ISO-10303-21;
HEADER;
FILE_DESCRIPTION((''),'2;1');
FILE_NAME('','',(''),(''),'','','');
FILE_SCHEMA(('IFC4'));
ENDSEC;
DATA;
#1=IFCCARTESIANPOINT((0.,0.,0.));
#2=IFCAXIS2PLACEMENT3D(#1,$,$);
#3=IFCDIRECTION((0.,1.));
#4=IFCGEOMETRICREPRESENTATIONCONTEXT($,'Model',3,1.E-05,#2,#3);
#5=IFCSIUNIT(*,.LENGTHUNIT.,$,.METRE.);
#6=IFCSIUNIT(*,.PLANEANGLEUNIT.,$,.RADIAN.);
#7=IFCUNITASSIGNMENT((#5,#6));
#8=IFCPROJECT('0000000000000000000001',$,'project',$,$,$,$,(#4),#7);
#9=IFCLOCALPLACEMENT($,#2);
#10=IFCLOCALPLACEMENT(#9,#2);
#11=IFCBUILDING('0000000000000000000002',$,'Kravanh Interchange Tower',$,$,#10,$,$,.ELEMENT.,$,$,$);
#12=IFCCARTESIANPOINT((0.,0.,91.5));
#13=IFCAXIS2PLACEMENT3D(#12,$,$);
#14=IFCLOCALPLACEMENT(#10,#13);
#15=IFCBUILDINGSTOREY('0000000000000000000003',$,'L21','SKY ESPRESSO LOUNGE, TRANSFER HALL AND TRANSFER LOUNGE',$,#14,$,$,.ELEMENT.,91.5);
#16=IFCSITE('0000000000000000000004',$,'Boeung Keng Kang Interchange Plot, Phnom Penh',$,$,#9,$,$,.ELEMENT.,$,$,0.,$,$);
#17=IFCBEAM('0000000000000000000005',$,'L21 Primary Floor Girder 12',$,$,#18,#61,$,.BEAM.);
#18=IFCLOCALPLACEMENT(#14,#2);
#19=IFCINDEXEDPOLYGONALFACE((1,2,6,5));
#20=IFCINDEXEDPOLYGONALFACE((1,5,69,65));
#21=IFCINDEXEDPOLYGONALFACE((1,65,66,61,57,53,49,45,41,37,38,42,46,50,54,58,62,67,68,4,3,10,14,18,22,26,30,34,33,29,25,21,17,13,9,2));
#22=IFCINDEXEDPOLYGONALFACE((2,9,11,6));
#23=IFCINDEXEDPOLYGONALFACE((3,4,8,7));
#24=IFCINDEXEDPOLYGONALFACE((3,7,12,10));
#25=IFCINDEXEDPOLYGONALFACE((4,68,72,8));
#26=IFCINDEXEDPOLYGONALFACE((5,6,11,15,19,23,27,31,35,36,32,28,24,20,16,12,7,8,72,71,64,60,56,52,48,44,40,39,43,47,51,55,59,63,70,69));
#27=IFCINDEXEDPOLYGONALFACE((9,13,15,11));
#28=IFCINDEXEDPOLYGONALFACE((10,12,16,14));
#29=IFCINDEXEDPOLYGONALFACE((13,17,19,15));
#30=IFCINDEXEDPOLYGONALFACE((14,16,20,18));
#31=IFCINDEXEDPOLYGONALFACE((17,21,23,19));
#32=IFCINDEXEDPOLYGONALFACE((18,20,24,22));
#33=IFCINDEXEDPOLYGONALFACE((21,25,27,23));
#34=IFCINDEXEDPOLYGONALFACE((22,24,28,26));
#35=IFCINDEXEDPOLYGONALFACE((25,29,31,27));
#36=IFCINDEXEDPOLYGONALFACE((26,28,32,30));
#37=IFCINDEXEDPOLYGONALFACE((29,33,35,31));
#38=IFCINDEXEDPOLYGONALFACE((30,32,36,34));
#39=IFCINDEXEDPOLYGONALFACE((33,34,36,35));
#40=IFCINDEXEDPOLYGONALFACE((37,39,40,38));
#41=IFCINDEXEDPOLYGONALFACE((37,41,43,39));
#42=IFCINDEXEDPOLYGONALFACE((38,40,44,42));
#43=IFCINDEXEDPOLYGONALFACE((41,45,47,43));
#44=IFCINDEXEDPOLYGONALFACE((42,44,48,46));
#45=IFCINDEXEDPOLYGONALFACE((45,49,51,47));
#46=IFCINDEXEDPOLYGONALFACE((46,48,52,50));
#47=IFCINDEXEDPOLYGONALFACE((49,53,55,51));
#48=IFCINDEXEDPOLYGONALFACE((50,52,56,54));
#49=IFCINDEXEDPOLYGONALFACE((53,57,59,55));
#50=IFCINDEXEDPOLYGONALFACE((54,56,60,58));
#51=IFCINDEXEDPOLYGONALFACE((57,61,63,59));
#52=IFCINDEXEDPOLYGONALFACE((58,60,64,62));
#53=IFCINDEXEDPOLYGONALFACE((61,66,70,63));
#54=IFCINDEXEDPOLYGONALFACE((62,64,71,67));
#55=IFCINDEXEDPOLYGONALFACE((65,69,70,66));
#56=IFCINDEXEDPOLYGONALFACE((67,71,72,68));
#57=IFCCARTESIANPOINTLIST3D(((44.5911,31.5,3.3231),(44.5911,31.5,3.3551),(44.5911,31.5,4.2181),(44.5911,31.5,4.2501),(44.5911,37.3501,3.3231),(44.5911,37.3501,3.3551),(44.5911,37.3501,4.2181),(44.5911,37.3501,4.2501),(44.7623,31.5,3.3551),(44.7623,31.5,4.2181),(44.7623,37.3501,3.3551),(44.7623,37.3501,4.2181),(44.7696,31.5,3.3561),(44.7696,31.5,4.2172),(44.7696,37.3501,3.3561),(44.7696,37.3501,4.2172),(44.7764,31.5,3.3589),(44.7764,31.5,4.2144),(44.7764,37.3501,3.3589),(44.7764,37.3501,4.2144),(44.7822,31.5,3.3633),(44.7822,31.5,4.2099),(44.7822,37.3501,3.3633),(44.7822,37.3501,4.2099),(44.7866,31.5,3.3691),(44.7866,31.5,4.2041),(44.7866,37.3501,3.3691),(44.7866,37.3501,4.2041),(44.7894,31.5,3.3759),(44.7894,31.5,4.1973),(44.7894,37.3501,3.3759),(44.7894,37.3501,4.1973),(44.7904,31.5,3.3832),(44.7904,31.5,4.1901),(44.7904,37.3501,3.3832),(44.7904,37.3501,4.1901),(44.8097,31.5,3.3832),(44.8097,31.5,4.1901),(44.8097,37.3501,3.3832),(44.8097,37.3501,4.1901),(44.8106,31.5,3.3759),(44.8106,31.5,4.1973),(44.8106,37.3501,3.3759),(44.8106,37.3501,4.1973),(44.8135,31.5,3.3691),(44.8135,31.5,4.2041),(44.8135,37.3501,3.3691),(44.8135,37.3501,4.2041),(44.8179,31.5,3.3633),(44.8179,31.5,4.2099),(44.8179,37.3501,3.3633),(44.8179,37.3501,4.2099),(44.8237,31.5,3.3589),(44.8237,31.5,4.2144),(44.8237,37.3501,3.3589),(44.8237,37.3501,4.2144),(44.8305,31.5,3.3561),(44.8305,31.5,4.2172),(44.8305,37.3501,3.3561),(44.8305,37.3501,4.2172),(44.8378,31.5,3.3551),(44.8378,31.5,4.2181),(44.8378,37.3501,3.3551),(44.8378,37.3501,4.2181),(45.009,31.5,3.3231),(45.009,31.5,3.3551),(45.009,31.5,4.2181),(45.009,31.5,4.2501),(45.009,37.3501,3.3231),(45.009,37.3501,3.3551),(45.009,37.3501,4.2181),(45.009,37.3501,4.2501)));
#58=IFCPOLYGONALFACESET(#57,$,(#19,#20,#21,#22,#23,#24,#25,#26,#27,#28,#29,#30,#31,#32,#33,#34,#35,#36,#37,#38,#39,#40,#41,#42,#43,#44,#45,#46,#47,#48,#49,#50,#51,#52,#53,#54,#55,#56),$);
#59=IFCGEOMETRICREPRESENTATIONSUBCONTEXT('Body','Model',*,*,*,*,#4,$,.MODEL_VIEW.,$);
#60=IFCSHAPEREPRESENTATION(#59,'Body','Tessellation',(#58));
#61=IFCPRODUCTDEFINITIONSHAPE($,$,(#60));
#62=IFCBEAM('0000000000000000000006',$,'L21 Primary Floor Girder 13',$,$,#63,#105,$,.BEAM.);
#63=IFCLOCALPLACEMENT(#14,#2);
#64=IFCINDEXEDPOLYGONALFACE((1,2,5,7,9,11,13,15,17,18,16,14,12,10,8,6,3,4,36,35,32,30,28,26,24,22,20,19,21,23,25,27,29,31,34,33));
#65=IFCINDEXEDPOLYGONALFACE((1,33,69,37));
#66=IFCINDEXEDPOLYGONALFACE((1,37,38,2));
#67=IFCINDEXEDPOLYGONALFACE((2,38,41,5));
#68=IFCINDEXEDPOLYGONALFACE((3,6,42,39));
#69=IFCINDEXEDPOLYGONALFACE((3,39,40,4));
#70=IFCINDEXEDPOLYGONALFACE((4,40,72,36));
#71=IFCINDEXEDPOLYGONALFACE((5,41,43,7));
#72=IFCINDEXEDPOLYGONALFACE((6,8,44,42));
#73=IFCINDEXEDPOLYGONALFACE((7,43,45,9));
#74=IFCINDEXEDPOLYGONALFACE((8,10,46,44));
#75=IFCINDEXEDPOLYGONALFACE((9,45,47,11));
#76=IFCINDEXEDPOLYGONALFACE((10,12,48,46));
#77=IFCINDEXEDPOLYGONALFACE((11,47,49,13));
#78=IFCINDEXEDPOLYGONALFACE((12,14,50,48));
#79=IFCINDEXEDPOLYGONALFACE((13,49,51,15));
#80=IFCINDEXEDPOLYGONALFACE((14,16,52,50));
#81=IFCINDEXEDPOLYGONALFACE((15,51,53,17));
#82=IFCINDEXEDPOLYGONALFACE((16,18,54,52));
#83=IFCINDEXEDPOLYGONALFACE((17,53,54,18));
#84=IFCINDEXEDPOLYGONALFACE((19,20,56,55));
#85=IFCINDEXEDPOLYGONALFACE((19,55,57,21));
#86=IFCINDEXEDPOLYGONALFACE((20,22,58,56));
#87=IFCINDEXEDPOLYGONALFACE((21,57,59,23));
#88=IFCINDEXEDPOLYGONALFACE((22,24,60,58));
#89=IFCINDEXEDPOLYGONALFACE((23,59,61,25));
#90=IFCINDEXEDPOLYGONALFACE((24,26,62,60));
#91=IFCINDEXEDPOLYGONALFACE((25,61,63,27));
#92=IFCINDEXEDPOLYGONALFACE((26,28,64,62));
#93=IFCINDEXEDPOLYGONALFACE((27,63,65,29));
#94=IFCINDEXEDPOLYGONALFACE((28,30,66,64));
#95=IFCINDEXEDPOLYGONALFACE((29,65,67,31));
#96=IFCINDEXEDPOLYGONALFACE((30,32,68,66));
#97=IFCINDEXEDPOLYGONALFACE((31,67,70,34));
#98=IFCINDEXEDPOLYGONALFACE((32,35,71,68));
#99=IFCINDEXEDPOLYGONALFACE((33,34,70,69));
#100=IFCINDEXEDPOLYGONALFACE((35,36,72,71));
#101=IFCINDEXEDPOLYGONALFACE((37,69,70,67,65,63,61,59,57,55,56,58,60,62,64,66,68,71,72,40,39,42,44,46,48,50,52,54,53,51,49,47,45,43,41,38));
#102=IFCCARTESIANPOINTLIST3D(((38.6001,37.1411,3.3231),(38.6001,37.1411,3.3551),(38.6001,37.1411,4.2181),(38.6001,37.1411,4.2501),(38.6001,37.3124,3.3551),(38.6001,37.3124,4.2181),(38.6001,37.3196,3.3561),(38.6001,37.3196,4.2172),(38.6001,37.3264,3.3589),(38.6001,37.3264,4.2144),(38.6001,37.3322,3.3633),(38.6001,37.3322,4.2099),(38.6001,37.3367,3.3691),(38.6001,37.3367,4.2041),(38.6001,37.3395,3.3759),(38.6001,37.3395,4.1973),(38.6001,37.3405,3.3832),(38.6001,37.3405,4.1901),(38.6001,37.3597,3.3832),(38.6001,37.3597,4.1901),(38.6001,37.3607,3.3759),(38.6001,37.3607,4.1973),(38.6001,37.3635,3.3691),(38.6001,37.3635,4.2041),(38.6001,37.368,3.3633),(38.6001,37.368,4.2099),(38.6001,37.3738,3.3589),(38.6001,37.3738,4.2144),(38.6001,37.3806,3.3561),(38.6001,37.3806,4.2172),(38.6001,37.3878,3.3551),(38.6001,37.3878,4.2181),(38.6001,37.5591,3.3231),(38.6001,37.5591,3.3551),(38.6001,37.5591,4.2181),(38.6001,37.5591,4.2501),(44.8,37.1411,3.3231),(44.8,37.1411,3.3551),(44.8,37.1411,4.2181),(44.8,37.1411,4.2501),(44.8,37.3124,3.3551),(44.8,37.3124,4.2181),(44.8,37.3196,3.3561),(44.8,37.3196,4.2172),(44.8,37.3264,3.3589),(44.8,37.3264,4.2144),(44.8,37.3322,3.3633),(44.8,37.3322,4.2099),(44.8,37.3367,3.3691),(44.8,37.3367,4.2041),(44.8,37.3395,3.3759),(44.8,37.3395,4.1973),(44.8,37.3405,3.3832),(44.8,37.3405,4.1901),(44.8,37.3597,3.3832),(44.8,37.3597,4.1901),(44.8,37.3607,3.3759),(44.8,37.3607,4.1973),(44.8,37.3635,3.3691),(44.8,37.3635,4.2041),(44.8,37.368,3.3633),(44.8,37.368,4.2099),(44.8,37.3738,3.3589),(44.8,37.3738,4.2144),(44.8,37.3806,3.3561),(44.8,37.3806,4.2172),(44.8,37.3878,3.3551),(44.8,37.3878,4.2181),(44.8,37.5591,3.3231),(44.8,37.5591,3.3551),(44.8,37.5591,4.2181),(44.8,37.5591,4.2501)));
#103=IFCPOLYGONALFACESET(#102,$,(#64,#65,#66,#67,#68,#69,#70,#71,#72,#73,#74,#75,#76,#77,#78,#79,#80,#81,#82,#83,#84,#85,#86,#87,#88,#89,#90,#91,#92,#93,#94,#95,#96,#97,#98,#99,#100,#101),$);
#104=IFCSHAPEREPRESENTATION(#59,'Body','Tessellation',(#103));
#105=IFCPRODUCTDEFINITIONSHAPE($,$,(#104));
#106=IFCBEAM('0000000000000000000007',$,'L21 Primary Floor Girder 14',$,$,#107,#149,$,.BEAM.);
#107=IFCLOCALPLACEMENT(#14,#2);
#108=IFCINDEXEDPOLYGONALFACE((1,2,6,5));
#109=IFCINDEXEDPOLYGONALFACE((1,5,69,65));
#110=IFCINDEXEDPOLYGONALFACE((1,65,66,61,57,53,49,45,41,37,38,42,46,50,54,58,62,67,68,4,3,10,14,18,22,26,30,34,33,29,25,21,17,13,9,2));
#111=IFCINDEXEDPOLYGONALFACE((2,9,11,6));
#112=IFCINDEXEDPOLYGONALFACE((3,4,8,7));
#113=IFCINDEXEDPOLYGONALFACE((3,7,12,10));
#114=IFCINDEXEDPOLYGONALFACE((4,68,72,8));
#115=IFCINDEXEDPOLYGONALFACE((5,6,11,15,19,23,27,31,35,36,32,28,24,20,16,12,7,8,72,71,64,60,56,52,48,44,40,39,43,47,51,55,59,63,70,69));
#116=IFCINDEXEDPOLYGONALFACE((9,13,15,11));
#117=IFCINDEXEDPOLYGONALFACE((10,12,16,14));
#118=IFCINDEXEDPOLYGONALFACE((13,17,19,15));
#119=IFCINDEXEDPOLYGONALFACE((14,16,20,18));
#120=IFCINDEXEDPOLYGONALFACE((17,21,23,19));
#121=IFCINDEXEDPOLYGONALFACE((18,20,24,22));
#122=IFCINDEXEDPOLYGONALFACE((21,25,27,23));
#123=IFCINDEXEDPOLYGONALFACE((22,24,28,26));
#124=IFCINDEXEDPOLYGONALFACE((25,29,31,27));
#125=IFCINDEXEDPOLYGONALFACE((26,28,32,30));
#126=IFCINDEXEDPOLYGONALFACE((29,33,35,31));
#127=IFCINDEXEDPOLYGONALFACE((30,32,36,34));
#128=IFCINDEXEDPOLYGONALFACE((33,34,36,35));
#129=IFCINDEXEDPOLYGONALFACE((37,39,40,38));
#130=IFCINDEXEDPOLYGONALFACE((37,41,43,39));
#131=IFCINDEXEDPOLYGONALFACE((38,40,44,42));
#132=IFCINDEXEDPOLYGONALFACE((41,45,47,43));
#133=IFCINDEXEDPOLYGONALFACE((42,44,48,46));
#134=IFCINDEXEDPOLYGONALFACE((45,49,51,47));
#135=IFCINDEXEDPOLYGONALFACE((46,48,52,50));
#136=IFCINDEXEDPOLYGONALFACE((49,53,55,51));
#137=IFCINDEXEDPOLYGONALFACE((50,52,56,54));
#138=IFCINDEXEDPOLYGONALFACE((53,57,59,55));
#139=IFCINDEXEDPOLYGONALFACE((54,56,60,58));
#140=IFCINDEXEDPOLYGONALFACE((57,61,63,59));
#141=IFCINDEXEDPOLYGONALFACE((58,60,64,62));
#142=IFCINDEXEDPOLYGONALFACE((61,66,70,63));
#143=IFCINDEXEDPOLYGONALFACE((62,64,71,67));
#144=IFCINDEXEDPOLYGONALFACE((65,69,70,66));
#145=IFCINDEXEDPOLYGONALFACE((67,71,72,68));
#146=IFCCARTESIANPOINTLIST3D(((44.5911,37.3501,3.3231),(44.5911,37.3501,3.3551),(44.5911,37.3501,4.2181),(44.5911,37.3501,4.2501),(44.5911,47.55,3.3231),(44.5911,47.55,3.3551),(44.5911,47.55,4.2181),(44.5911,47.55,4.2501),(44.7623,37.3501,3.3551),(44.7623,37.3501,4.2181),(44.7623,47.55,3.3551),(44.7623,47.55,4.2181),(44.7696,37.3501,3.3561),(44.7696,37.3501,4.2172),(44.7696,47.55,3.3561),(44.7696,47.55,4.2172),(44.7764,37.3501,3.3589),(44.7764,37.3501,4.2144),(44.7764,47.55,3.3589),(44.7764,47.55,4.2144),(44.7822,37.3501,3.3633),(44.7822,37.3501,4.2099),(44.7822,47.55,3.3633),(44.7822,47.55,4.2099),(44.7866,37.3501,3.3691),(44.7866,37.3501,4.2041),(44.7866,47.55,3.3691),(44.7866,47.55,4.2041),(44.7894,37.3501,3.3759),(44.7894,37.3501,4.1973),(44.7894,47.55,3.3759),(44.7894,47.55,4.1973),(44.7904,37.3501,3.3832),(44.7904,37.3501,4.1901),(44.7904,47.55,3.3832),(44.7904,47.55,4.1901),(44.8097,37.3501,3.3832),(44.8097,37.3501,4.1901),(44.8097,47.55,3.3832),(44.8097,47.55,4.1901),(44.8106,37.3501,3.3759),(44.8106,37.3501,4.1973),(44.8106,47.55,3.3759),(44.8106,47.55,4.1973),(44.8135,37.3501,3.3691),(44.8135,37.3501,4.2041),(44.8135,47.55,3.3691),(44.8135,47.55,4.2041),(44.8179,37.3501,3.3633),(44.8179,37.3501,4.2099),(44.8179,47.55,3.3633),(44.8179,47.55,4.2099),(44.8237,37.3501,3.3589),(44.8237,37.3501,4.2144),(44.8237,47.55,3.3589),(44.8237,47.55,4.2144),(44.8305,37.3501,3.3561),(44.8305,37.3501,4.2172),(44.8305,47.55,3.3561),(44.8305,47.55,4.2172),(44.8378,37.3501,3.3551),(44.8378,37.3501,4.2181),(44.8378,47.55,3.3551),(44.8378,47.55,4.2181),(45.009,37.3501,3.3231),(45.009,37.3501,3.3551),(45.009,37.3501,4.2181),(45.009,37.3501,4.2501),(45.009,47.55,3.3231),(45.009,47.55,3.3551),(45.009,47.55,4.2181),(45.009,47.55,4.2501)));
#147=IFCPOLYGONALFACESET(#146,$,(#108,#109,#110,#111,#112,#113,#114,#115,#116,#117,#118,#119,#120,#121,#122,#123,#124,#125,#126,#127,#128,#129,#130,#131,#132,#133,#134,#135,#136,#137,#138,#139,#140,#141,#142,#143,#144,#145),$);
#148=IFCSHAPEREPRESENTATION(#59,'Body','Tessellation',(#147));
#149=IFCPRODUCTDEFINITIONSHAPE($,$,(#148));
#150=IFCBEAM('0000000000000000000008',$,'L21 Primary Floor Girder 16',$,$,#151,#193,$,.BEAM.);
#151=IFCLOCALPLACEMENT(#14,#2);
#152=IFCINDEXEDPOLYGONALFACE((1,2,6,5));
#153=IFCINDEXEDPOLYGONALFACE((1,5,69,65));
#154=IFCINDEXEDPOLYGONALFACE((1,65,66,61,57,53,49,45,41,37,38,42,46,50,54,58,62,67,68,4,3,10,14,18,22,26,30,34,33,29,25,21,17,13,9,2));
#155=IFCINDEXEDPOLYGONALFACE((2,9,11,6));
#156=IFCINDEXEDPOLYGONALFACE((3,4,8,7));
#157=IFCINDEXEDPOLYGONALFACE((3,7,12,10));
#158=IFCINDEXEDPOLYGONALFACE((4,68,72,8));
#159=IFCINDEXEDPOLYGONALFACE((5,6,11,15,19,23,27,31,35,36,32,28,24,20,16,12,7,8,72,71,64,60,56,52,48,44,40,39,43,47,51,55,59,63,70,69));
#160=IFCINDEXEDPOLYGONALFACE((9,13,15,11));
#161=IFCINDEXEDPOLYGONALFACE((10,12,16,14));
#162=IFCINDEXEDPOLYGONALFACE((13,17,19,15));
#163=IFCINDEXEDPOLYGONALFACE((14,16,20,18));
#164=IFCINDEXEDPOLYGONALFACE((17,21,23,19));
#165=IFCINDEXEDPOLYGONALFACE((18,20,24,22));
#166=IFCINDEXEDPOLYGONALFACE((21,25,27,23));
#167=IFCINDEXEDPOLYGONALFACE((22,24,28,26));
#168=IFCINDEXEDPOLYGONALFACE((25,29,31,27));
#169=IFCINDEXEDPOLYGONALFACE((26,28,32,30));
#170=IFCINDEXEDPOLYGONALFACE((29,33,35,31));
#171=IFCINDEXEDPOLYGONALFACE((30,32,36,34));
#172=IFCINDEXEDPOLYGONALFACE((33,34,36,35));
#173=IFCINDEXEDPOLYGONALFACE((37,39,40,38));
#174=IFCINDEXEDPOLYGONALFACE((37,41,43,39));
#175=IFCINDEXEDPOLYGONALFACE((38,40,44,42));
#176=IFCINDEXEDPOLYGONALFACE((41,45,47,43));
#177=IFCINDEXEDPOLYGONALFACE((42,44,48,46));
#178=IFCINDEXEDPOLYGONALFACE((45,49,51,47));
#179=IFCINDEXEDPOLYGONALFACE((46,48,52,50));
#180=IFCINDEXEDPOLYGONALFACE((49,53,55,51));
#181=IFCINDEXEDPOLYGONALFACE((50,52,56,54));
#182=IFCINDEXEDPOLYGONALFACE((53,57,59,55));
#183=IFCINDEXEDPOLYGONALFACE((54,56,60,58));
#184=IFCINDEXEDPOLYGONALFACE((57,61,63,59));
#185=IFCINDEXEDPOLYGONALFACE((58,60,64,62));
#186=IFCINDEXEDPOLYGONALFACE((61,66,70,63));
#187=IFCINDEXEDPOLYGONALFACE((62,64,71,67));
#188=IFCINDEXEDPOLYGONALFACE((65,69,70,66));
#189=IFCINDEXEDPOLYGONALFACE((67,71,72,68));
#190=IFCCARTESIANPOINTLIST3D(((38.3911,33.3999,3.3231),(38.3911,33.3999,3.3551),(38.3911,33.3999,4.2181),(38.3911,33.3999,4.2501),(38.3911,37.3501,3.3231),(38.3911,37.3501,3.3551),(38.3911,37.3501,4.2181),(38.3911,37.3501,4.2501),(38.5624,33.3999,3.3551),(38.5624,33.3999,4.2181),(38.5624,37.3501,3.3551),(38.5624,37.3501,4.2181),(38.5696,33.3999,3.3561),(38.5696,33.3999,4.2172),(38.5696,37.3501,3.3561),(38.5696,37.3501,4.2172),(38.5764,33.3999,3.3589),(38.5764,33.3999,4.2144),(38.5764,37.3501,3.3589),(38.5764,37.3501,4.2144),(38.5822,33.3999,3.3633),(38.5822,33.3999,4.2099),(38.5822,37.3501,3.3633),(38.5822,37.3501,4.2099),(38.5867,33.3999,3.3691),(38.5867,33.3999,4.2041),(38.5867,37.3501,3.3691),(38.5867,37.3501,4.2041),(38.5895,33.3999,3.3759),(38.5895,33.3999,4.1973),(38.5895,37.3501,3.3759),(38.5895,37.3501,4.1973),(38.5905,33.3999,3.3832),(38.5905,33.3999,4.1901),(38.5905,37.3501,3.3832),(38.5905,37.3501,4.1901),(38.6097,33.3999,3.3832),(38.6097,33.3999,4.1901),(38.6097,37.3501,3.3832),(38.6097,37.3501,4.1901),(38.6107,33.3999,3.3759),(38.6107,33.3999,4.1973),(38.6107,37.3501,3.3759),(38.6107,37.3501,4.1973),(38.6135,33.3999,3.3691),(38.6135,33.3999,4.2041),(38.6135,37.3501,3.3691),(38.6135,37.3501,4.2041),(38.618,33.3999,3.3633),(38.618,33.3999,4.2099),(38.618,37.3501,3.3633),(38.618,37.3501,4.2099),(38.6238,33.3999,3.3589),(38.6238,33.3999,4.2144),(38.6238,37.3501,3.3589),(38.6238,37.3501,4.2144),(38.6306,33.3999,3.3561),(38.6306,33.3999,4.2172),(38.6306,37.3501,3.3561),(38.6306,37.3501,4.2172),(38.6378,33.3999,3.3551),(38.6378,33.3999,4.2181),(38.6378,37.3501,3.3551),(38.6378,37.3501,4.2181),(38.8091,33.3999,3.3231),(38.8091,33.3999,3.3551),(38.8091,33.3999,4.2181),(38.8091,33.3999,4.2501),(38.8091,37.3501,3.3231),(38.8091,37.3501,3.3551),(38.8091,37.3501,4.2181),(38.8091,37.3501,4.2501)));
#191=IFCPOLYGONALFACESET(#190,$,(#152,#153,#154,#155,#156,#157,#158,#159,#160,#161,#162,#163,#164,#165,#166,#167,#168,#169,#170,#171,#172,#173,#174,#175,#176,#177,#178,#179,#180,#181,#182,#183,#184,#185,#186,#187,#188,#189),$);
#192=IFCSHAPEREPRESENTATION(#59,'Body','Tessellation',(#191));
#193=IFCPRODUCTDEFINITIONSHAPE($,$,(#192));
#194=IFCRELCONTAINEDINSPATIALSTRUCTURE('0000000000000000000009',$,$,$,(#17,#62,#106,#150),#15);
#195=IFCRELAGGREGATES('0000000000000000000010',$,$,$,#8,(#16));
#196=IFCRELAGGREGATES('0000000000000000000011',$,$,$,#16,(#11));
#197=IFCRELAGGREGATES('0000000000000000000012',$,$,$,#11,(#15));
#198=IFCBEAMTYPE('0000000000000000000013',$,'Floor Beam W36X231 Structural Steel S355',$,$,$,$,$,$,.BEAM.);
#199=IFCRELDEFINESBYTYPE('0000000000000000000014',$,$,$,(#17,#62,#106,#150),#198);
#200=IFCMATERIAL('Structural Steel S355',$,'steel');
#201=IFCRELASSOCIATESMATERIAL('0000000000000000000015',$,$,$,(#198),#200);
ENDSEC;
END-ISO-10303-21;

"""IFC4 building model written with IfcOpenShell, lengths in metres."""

from ifc_helpers import new_model, si_unit, direction, frame, origin, origin_2d, place, context, subcontext, project, spatial, i_section, extrude, material, material_profile, profile_set, type_object, element, save


model = new_model("IFC4")

# Units and contexts
model_context = context("Model", 3, precision=1e-05, world=origin(), true_north=direction((0.0, 1.0)))
body_context = subcontext(model_context, "Body", "Model", "MODEL_VIEW")
ifc_project = project(units=[si_unit("LENGTHUNIT", "METRE"), si_unit("PLANEANGLEUNIT", "RADIAN")], contexts=[model_context])

# Site, building, storey
site_placement = place(None, origin())
site = spatial("IfcSite", under=ifc_project, at=site_placement, Name="Boeung Keng Kang Interchange Plot, Phnom Penh", CompositionType="ELEMENT", RefElevation=0.0)
building_placement = place(site_placement, origin())
building = spatial("IfcBuilding", under=site, at=building_placement, Name="Kravanh Interchange Tower", CompositionType="ELEMENT")
storey_placement = place(building_placement, frame((0.0, 0.0, 91.5)))
storey = spatial("IfcBuildingStorey", under=building, at=storey_placement, Name="L21", Description="SKY ESPRESSO LOUNGE, TRANSFER HALL AND TRANSFER LOUNGE", CompositionType="ELEMENT", Elevation=91.5)

# Beams
ifc_material_1 = material(Name="Structural Steel S355", Category="steel")
ifc_material_profile_1 = material_profile(ifc_material_1, i_section(OverallWidth=0.418, OverallDepth=0.927, WebThickness=0.0193, FlangeThickness=0.032, FilletRadius=0.0281, at=origin_2d()), Name="W36X231")
ifc_profile_set_1 = profile_set([ifc_material_profile_1], Name="Structural Steel S355")
beam_type_1 = type_object("IfcBeamType", Name="Floor Beam W36X231 Structural Steel S355", PredefinedType="BEAM", material=ifc_profile_set_1)
beam_1_placement = place(storey_placement, frame((44.8, 37.3501, 3.7866), z_axis=(0.0, -1.0, 0.0), x_axis=(1.0, 0.0, 0.0)))
element("IfcBeam", 1, at=beam_1_placement, inside=storey, type_object=beam_type_1, Name="L21 Primary Floor Girder 12", PredefinedType="BEAM", context=body_context, shape_type="SweptSolid", body=[
    extrude(i_section(OverallWidth=0.418, OverallDepth=0.927, WebThickness=0.0193, FlangeThickness=0.032, FilletRadius=0.0281, at=origin_2d()), origin(), (0.0, 0.0, 1.0), 5.8501),
])
beam_2_placement = place(storey_placement, frame((44.8, 37.3501, 3.7866), z_axis=(-1.0, 0.0, 0.0), x_axis=(0.0, -1.0, 0.0)))
element("IfcBeam", 2, at=beam_2_placement, inside=storey, type_object=beam_type_1, Name="L21 Primary Floor Girder 13", PredefinedType="BEAM", context=body_context, shape_type="SweptSolid", body=[
    extrude(i_section(OverallWidth=0.418, OverallDepth=0.927, WebThickness=0.0193, FlangeThickness=0.032, FilletRadius=0.0281, at=origin_2d()), origin(), (0.0, 0.0, 1.0), 6.2),
])
beam_3_placement = place(storey_placement, frame((44.8, 37.3501, 3.7866), z_axis=(0.0, 1.0, 0.0), x_axis=(-1.0, 0.0, 0.0)))
element("IfcBeam", 3, at=beam_3_placement, inside=storey, type_object=beam_type_1, Name="L21 Primary Floor Girder 14", PredefinedType="BEAM", context=body_context, shape_type="SweptSolid", body=[
    extrude(i_section(OverallWidth=0.418, OverallDepth=0.927, WebThickness=0.0193, FlangeThickness=0.032, FilletRadius=0.0281, at=origin_2d()), origin(), (0.0, 0.0, 1.0), 10.2),
])
beam_4_placement = place(storey_placement, frame((38.6001, 37.3501, 3.7866), z_axis=(0.0, -1.0, 0.0), x_axis=(1.0, 0.0, 0.0)))
element("IfcBeam", 4, at=beam_4_placement, inside=storey, type_object=beam_type_1, Name="L21 Primary Floor Girder 16", PredefinedType="BEAM", context=body_context, shape_type="SweptSolid", body=[
    extrude(i_section(OverallWidth=0.418, OverallDepth=0.927, WebThickness=0.0193, FlangeThickness=0.032, FilletRadius=0.0281, at=origin_2d()), origin(), (0.0, 0.0, 1.0), 3.9502),
])

save(model, "model.ifc")
